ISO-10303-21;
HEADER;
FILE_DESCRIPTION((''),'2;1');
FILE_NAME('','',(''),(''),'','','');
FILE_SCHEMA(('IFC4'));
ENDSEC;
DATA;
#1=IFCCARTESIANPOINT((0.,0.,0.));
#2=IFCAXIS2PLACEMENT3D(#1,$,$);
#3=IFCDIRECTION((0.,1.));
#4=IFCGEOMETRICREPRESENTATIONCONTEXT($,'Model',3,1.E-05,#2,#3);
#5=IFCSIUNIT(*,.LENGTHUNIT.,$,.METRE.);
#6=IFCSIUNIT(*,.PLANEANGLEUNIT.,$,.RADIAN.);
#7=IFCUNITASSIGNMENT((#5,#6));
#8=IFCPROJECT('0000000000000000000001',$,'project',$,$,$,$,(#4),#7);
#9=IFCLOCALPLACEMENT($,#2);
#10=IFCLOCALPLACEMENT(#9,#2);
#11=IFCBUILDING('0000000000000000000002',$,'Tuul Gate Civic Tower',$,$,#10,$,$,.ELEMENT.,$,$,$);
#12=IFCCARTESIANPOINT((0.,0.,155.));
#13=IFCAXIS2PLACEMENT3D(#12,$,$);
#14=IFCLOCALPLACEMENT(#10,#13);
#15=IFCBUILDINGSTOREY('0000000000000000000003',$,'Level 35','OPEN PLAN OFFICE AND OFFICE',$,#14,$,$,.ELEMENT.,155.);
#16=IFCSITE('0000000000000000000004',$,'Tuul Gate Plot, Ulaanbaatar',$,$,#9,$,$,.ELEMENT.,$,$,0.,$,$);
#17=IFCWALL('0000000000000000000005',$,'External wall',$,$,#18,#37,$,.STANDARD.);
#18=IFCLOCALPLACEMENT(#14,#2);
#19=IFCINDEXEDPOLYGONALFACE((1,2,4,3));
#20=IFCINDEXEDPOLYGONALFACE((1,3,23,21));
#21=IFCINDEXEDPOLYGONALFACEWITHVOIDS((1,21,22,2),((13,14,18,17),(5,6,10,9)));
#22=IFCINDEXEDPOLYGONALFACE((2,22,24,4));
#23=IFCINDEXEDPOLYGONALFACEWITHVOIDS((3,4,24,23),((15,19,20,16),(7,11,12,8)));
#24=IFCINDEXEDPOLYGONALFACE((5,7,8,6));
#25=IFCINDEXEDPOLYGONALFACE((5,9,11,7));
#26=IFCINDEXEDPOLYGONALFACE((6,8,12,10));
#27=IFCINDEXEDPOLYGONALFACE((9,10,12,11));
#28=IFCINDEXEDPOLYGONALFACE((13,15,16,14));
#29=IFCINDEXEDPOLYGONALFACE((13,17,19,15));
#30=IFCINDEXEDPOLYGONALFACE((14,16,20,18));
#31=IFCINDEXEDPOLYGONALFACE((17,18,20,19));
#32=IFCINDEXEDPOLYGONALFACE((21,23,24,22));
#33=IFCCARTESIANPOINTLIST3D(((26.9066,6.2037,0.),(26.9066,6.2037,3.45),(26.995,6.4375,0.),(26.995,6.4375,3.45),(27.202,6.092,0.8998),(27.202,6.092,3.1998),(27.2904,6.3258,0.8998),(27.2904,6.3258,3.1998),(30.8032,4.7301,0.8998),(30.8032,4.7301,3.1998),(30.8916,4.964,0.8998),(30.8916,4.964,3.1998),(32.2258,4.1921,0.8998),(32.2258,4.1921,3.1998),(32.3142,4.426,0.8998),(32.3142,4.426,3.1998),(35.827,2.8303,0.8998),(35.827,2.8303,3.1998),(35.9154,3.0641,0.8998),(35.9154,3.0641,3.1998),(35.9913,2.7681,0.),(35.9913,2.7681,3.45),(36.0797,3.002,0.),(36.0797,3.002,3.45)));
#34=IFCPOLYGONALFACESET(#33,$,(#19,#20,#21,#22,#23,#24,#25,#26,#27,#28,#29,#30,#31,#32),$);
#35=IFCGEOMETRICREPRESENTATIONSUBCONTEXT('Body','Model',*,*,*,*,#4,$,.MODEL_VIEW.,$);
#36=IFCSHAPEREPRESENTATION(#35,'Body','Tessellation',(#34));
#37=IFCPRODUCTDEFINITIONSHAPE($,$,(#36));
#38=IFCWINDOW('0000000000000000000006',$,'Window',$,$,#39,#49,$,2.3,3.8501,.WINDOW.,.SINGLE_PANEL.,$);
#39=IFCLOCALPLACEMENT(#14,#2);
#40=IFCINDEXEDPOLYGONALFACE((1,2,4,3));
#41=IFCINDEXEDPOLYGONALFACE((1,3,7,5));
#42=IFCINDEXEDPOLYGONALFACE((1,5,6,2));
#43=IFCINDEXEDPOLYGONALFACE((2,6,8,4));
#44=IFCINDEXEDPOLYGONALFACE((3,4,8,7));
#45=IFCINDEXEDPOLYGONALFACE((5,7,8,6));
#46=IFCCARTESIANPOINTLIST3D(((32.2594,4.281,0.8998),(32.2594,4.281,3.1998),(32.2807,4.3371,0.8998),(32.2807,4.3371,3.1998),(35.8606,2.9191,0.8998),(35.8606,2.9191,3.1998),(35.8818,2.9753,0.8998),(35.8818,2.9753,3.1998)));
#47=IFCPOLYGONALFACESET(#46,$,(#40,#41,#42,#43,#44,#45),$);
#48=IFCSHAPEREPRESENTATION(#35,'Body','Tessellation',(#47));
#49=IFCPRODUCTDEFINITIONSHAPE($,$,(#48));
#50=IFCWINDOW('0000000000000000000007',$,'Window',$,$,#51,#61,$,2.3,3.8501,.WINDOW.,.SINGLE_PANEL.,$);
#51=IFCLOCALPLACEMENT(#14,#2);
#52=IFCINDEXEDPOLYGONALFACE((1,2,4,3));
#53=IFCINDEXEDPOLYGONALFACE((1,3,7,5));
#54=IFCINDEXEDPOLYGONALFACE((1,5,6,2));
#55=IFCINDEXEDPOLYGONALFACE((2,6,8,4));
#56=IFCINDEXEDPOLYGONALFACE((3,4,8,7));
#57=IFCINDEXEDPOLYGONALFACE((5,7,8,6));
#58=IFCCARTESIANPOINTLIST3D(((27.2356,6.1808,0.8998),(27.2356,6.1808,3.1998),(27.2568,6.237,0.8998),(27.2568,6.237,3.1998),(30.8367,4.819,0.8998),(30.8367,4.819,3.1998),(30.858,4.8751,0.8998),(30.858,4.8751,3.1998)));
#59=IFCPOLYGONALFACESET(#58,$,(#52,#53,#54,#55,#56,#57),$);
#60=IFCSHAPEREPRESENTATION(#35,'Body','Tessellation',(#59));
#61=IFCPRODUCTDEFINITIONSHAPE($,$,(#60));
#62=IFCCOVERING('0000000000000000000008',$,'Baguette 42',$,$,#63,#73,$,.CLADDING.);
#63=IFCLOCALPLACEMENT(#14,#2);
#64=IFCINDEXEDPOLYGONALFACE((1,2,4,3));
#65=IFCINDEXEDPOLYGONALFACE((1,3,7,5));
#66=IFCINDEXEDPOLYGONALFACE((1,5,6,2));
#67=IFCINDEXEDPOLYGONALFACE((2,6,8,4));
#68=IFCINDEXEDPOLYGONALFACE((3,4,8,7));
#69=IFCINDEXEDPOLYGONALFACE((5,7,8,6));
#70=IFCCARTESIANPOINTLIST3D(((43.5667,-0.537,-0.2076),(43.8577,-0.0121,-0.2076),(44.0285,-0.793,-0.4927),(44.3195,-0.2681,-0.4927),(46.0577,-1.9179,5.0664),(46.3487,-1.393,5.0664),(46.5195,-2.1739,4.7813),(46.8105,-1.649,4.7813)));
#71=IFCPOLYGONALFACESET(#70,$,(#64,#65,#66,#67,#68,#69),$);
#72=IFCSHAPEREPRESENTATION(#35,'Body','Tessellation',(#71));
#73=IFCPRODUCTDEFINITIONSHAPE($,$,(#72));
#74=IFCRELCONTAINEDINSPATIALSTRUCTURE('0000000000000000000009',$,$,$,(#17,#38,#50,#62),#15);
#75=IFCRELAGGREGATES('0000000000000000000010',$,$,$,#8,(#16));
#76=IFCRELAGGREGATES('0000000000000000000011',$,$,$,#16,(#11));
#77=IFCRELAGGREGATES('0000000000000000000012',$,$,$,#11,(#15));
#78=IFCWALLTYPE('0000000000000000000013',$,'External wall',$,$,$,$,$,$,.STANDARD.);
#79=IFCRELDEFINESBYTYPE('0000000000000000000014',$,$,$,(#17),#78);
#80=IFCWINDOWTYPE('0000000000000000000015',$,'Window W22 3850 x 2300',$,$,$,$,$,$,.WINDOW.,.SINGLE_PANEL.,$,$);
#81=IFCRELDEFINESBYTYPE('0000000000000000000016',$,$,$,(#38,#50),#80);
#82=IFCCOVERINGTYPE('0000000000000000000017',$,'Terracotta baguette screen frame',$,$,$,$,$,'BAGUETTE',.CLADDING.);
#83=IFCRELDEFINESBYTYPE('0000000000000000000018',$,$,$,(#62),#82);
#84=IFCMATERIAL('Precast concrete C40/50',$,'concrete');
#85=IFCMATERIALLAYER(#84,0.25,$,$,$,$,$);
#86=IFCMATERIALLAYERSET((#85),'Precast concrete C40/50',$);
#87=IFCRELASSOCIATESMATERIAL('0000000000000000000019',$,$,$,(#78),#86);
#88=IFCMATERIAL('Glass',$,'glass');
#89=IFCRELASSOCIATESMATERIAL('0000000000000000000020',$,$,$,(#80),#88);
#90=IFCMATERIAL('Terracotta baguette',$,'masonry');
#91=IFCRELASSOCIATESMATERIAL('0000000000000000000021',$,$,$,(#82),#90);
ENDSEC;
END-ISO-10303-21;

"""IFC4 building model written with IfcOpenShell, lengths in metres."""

from ifc_helpers import new_model, si_unit, direction, frame, frame_2d, origin, origin_2d, place, context, subcontext, project, spatial, rectangle, extrude, material, layer, layer_set, material_profile, profile_set, type_object, element, fill, save


model = new_model("IFC4")

# Units and contexts
model_context = context("Model", 3, precision=1e-05, world=origin(), true_north=direction((0.0, 1.0)))
body_context = subcontext(model_context, "Body", "Model", "MODEL_VIEW")
ifc_project = project(units=[si_unit("LENGTHUNIT", "METRE"), si_unit("PLANEANGLEUNIT", "RADIAN")], contexts=[model_context])

# Site, building, storey
site_placement = place(None, origin())
site = spatial("IfcSite", under=ifc_project, at=site_placement, Name="Tuul Gate Plot, Ulaanbaatar", CompositionType="ELEMENT", RefElevation=0.0)
building_placement = place(site_placement, origin())
building = spatial("IfcBuilding", under=site, at=building_placement, Name="Tuul Gate Civic Tower", CompositionType="ELEMENT")
storey_placement = place(building_placement, frame((0.0, 0.0, 155.0)))
storey = spatial("IfcBuildingStorey", under=building, at=storey_placement, Name="Level 35", Description="OPEN PLAN OFFICE AND OFFICE", CompositionType="ELEMENT", Elevation=155.0)

# Wall, openings, windows
ifc_material_1 = material(Name="Precast concrete C40/50", Category="concrete")
ifc_layer_1 = layer(ifc_material_1, 0.25)
ifc_layer_set_1 = layer_set([ifc_layer_1], Name="Precast concrete C40/50")
wall_type_1 = type_object("IfcWallType", Name="External wall", PredefinedType="STANDARD", material=ifc_layer_set_1)
ifc_material_2 = material(Name="Glass", Category="glass")
window_type = type_object("IfcWindowType", Name="Window W22 3850 x 2300", PartitioningType="SINGLE_PANEL", PredefinedType="WINDOW", material=ifc_material_2)
wall_1_placement = place(storey_placement, frame((36.0356, 2.885, 0.0), z_axis=(0.0, 0.0, 1.0), x_axis=(-0.935351, 0.35372, 0.0)))
wall_1 = element("IfcWall", 1, at=wall_1_placement, inside=storey, type_object=wall_type_1, Name="External wall", PredefinedType="STANDARD", context=body_context, shape_type="SweptSolid", body=[
    extrude(rectangle(XDim=9.7126, YDim=0.25, at=frame_2d((4.8564, 0.0))), origin(), (0.0, 0.0, 1.0), 3.45),
])
opening_1_placement = place(wall_1_placement, frame((0.1758, 0.0, 0.8999)))
opening_1 = element("IfcOpeningElement", 2, at=opening_1_placement, cuts=wall_1, PredefinedType="OPENING", context=body_context, shape_type="SweptSolid", body=[
    extrude(rectangle(XDim=3.8501, YDim=2.3, at=frame_2d((1.925, 1.1499))), frame((0.0, 0.135, 0.0), z_axis=(0.0, -1.0, 0.0), x_axis=(1.0, 0.0, 0.0)), (0.0, 0.0, 1.0), 0.27),
])
opening_2_placement = place(wall_1_placement, frame((5.5469, 0.0, 0.8999)))
opening_2 = element("IfcOpeningElement", 3, at=opening_2_placement, cuts=wall_1, PredefinedType="OPENING", context=body_context, shape_type="SweptSolid", body=[
    extrude(rectangle(XDim=3.8501, YDim=2.3, at=frame_2d((1.925, 1.1499))), frame((0.0, 0.135, 0.0), z_axis=(0.0, -1.0, 0.0), x_axis=(1.0, 0.0, 0.0)), (0.0, 0.0, 1.0), 0.27),
])
window_1_placement = place(opening_1_placement, origin())
window_1 = element("IfcWindow", 4, at=window_1_placement, inside=storey, type_object=window_type, Name="Window", OverallHeight=2.3, OverallWidth=3.8501, PartitioningType="SINGLE_PANEL", PredefinedType="WINDOW", context=body_context, shape_type="SweptSolid", body=[
    extrude(rectangle(XDim=3.8501, YDim=2.3, at=frame_2d((1.925, 1.1499))), frame((0.0, 0.03, 0.0), z_axis=(0.0, -1.0, 0.0), x_axis=(1.0, 0.0, 0.0)), (0.0, 0.0, 1.0), 0.0601),
])
fill(opening_1, window_1)
window_2_placement = place(opening_2_placement, origin())
window_2 = element("IfcWindow", 5, at=window_2_placement, inside=storey, type_object=window_type, Name="Window", OverallHeight=2.3, OverallWidth=3.8501, PartitioningType="SINGLE_PANEL", PredefinedType="WINDOW", context=body_context, shape_type="SweptSolid", body=[
    extrude(rectangle(XDim=3.8501, YDim=2.3, at=frame_2d((1.925, 1.1499))), frame((0.0, 0.03, 0.0), z_axis=(0.0, -1.0, 0.0), x_axis=(1.0, 0.0, 0.0)), (0.0, 0.0, 1.0), 0.0601),
])
fill(opening_2, window_2)

# Covering
ifc_material_3 = material(Name="Terracotta baguette", Category="masonry")
ifc_material_profile_1 = material_profile(ifc_material_3, rectangle(XDim=0.6001, YDim=0.6001, at=origin_2d()), Name="Terracotta baguette screen frame")
ifc_profile_set_1 = profile_set([ifc_material_profile_1], Name="Terracotta baguette")
covering_type = type_object("IfcCoveringType", Name="Terracotta baguette screen frame", ElementType="BAGUETTE", PredefinedType="CLADDING", material=ifc_profile_set_1)
covering_placement = place(storey_placement, frame((46.4341, -1.7834, 4.9238), z_axis=(-0.415589, 0.23038, -0.879893), x_axis=(-0.484835, -0.874606, 0.0)))
element("IfcCovering", 6, at=covering_placement, inside=storey, type_object=covering_type, Name="Baguette 42", PredefinedType="CLADDING", context=body_context, shape_type="SweptSolid", body=[
    extrude(rectangle(XDim=0.6001, YDim=0.6001, at=origin_2d()), origin(), (0.0, 0.0, 1.0), 5.9939),
])

save(model, "model.ifc")
